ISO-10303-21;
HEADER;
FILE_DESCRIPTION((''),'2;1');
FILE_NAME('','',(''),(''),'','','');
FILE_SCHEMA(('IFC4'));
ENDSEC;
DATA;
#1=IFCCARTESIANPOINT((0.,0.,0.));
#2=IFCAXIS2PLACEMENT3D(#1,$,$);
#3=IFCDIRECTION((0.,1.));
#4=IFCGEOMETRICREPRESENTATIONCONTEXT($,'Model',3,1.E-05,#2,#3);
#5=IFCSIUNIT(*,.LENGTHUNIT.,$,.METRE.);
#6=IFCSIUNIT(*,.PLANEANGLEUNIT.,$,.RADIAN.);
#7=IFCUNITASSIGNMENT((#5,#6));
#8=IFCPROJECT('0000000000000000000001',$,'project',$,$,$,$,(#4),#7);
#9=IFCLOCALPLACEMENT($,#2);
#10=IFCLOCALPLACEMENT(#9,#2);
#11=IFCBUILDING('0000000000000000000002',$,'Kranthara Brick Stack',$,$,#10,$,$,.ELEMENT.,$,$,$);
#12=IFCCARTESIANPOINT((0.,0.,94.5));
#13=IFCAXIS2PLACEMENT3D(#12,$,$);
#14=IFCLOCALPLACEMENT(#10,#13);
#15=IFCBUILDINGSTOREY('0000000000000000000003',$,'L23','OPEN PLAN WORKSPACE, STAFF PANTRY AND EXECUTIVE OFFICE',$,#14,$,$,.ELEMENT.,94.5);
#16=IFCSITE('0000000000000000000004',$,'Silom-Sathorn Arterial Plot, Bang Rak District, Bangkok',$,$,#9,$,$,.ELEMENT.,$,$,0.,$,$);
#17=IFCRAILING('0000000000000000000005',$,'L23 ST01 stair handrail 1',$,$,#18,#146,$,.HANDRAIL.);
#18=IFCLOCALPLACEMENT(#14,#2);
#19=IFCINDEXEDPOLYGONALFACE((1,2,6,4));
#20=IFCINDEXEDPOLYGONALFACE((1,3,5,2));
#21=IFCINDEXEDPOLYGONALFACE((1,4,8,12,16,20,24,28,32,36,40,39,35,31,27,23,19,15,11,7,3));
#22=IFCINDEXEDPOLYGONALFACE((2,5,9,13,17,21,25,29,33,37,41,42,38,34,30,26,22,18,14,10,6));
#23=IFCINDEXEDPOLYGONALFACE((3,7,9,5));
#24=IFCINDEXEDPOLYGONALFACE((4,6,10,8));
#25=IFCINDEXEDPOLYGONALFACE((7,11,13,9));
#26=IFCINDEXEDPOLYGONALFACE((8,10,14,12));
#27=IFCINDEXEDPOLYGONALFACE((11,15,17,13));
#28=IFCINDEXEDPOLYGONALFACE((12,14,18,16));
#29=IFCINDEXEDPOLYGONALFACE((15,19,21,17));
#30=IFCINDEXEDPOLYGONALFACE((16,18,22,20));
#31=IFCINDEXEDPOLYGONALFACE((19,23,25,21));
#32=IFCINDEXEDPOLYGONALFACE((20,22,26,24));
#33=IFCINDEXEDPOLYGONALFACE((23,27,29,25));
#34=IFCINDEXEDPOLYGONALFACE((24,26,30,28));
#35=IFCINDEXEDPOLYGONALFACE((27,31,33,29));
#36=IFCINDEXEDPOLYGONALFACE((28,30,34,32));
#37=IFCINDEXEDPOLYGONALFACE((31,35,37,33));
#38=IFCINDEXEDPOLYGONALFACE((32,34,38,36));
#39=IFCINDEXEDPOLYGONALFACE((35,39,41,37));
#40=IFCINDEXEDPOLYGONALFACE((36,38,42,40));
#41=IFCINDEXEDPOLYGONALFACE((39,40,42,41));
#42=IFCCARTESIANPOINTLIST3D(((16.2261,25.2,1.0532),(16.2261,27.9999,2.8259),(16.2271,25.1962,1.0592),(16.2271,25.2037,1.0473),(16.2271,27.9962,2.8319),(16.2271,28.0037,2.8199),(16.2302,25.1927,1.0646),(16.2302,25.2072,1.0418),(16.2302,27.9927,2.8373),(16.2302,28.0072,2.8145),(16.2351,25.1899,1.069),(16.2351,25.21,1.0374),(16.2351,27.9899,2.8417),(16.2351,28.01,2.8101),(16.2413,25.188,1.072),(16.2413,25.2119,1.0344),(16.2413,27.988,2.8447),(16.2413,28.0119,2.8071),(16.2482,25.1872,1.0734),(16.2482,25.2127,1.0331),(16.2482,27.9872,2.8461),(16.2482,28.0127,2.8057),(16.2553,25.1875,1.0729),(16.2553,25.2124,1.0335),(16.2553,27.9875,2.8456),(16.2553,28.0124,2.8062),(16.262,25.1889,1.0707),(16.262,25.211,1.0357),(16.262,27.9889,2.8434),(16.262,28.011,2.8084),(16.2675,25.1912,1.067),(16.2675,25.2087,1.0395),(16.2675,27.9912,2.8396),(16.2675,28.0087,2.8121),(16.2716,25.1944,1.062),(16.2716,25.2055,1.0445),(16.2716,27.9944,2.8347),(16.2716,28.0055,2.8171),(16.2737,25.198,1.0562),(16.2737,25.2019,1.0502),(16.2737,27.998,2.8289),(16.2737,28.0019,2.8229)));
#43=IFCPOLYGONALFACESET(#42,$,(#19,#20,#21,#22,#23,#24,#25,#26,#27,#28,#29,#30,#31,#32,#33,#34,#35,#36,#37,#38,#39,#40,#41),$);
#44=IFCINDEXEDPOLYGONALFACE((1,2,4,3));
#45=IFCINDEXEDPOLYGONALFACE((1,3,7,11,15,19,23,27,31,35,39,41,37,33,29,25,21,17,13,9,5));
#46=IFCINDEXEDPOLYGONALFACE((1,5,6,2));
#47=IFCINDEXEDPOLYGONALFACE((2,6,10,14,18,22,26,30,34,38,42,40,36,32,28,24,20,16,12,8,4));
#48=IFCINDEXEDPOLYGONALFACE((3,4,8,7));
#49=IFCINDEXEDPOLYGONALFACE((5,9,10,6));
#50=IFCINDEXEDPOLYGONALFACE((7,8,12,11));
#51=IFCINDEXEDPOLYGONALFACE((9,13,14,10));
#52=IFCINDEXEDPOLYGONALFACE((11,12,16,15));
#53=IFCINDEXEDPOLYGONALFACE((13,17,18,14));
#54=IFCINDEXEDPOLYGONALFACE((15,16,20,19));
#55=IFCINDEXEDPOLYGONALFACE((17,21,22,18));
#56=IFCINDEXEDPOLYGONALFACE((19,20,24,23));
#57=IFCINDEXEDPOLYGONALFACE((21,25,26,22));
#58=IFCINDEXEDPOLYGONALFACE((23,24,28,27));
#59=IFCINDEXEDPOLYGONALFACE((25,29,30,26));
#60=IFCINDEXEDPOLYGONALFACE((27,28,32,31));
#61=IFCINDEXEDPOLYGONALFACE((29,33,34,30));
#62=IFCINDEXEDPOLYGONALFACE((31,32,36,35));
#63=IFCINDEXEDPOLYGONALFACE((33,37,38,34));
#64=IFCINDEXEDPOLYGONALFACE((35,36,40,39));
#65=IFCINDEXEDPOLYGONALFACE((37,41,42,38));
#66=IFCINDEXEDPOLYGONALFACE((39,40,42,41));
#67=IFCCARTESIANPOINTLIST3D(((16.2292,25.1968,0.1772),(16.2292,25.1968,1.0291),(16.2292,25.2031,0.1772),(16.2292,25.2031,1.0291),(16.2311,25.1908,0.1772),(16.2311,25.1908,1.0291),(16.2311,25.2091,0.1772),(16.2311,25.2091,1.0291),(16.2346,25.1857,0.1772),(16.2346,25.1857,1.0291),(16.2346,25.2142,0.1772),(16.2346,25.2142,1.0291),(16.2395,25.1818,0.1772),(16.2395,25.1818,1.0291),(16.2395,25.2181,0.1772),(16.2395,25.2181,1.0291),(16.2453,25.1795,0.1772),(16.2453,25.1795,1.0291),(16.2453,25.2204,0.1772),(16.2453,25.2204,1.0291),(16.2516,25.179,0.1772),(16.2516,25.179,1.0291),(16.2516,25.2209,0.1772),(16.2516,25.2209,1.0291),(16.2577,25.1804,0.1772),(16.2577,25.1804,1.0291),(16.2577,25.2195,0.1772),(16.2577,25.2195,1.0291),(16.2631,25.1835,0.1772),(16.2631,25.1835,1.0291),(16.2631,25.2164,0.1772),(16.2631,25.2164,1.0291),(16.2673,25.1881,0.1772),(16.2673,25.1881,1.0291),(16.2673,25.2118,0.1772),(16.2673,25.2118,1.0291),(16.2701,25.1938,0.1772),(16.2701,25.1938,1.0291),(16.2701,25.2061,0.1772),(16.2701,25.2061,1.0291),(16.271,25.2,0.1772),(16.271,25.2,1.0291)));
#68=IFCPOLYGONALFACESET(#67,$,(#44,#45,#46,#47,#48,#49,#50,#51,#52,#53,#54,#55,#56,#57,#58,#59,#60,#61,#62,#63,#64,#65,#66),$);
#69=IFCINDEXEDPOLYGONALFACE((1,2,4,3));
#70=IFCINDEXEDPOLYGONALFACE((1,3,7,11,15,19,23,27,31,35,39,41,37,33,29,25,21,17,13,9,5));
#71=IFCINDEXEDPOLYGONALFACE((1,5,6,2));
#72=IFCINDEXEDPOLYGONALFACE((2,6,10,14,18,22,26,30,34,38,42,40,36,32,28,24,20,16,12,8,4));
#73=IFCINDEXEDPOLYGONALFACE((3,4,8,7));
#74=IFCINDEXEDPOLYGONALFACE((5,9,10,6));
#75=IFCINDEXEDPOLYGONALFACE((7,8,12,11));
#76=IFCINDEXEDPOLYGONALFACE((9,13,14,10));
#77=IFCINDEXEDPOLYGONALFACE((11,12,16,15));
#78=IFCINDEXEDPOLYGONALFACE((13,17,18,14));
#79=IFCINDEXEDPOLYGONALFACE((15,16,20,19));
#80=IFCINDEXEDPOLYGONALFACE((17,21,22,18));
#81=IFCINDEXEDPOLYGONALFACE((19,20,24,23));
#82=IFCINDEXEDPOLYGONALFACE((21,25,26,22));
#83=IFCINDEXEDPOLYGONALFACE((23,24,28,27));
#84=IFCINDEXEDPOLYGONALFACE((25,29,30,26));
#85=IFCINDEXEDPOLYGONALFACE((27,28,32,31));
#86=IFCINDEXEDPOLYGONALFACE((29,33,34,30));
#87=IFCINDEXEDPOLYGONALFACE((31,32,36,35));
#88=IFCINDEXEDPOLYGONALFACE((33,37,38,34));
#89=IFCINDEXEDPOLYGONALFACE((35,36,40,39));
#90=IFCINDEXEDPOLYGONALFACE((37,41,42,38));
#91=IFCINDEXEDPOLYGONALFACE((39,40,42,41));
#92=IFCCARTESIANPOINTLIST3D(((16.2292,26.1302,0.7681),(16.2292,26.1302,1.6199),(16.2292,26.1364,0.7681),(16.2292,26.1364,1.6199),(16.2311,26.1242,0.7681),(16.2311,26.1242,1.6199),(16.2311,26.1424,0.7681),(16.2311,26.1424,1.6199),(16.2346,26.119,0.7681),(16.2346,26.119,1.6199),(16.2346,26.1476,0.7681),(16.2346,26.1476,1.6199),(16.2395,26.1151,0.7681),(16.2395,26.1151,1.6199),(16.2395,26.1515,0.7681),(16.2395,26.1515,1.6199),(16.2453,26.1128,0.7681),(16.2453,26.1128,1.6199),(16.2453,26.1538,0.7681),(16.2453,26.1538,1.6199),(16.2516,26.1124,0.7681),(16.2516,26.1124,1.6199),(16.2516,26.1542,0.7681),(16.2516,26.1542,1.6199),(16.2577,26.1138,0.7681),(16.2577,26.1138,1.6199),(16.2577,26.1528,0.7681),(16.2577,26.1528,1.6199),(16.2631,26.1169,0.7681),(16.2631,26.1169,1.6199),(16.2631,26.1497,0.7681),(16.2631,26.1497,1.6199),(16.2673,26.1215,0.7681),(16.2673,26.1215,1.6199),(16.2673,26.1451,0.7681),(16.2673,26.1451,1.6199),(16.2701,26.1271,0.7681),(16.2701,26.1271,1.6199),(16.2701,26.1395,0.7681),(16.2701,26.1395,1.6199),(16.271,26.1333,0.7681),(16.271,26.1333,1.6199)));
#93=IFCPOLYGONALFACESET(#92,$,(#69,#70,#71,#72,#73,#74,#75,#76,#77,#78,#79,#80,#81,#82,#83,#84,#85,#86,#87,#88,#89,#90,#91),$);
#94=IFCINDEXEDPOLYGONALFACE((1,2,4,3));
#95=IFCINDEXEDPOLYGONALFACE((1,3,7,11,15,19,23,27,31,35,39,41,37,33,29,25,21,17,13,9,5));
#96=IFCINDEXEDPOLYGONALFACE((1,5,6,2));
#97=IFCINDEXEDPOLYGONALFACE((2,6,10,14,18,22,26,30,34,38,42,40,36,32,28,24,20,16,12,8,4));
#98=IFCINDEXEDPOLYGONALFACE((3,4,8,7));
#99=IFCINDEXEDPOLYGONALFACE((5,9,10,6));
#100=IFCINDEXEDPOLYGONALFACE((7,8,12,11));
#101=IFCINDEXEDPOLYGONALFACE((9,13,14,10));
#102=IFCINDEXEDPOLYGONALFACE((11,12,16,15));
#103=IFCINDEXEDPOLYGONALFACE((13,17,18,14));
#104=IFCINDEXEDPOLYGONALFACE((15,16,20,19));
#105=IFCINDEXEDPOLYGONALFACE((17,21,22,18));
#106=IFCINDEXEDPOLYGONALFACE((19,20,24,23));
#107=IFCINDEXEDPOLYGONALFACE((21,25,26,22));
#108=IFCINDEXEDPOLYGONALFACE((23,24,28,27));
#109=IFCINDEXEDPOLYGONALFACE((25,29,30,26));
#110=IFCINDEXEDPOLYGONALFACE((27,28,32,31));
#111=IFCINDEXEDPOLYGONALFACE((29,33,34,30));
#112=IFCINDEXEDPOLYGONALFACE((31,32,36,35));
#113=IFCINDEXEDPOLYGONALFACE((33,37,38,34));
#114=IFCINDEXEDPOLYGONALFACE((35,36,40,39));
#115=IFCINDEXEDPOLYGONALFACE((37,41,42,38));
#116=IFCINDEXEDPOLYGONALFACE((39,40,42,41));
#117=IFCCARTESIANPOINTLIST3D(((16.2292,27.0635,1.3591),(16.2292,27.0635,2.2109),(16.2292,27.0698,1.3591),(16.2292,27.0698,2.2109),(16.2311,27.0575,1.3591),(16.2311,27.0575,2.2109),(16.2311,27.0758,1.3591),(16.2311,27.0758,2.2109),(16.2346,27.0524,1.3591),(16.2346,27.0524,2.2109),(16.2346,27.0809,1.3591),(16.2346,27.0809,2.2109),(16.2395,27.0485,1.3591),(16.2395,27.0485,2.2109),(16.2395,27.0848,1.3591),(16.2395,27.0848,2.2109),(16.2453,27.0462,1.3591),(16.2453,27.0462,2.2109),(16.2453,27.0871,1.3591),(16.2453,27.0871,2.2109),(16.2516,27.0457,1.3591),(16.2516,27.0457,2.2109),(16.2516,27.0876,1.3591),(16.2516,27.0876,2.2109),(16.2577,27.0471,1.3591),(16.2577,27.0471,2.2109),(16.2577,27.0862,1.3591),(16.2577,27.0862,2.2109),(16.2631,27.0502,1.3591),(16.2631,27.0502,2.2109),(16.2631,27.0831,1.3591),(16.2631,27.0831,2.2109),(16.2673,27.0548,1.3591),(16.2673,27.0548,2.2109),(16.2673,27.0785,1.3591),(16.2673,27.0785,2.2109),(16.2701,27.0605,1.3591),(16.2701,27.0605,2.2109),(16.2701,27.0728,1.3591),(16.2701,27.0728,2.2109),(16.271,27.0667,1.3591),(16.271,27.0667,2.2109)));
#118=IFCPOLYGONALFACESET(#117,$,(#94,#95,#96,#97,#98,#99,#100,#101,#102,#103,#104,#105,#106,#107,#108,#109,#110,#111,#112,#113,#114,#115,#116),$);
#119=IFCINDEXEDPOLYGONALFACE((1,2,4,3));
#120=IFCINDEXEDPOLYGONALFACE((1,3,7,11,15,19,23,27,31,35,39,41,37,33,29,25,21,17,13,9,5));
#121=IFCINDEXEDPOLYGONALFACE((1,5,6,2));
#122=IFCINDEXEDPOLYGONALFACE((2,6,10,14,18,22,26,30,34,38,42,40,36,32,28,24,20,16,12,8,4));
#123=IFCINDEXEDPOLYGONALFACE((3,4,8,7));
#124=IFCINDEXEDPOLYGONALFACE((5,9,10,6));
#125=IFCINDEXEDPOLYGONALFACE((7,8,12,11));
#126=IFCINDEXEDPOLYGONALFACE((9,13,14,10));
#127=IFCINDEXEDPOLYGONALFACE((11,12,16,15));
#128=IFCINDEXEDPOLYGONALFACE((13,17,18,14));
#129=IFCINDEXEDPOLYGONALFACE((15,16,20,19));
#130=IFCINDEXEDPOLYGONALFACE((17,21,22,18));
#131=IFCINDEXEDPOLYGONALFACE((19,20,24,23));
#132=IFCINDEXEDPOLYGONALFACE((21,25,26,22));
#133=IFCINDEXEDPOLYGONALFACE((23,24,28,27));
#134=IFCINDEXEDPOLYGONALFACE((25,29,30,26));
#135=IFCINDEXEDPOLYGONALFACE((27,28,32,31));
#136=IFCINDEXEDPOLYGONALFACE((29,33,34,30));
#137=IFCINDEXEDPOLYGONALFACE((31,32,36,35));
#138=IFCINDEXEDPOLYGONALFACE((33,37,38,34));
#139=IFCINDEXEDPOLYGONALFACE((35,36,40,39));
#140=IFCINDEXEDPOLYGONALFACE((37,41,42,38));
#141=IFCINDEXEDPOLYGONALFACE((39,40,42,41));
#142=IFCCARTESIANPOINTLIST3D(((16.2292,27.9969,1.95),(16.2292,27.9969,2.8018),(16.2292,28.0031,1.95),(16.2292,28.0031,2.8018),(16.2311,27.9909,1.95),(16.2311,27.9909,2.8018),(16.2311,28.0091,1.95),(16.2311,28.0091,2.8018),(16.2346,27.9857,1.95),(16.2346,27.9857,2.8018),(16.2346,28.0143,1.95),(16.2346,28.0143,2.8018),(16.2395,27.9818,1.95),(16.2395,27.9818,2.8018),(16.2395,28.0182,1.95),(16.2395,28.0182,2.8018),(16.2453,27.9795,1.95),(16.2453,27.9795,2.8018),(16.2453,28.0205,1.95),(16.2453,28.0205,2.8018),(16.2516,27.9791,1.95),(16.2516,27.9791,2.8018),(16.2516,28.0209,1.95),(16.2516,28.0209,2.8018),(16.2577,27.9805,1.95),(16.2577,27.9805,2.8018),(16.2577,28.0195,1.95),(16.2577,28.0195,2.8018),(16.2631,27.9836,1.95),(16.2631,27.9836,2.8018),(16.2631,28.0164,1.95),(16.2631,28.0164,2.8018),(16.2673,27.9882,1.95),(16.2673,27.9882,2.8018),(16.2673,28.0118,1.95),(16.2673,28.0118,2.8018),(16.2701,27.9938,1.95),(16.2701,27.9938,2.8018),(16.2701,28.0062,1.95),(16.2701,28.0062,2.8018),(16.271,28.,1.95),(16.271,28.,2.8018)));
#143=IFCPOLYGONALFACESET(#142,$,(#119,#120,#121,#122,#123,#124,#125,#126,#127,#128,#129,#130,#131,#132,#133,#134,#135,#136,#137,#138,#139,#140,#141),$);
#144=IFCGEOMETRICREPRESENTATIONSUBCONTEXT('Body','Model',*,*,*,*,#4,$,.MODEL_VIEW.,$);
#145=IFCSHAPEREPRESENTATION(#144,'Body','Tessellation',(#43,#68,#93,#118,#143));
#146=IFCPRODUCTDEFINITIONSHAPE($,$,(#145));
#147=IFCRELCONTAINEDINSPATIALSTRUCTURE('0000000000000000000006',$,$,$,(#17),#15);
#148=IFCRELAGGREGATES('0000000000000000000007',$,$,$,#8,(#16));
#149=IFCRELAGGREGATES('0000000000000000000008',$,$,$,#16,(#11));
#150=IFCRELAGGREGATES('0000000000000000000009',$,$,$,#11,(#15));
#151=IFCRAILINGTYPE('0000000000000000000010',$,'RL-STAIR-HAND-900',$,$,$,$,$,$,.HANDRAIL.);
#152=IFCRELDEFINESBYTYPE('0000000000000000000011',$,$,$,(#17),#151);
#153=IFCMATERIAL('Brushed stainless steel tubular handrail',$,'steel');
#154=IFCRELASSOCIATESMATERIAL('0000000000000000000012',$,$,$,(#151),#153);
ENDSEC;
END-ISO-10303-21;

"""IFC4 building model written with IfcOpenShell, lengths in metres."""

from ifc_helpers import new_model, si_unit, direction, frame, origin, origin_2d, place, context, subcontext, project, spatial, circle, extrude, material, type_object, element, save


model = new_model("IFC4")

# Units and contexts
model_context = context("Model", 3, precision=1e-05, world=origin(), true_north=direction((0.0, 1.0)))
body_context = subcontext(model_context, "Body", "Model", "MODEL_VIEW")
ifc_project = project(units=[si_unit("LENGTHUNIT", "METRE"), si_unit("PLANEANGLEUNIT", "RADIAN")], contexts=[model_context])

# Site, building, storey
site_placement = place(None, origin())
site = spatial("IfcSite", under=ifc_project, at=site_placement, Name="Silom-Sathorn Arterial Plot, Bang Rak District, Bangkok", CompositionType="ELEMENT", RefElevation=0.0)
building_placement = place(site_placement, origin())
building = spatial("IfcBuilding", under=site, at=building_placement, Name="Kranthara Brick Stack", CompositionType="ELEMENT")
storey_placement = place(building_placement, frame((0.0, 0.0, 94.5)))
storey = spatial("IfcBuildingStorey", under=building, at=storey_placement, Name="L23", Description="OPEN PLAN WORKSPACE, STAFF PANTRY AND EXECUTIVE OFFICE", CompositionType="ELEMENT", Elevation=94.5)

# Railing
ifc_material_1 = material(Name="Brushed stainless steel tubular handrail", Category="steel")
railing_type = type_object("IfcRailingType", Name="RL-STAIR-HAND-900", PredefinedType="HANDRAIL", material=ifc_material_1)
railing_placement = place(storey_placement, frame((16.25, 25.2, 0.1772)))
element("IfcRailing", 1, at=railing_placement, inside=storey, type_object=railing_type, Name="L23 ST01 stair handrail 1", PredefinedType="HANDRAIL", context=body_context, shape_type="SweptSolid", body=[
    extrude(circle(Radius=0.0239, at=origin_2d()), frame((0.0, 0.0, 0.876), z_axis=(0.0, 0.844909, 0.53491), x_axis=(-1.0, 0.0, 0.0)), (0.0, 0.0, 1.0), 3.314),
    extrude(circle(Radius=0.021, at=origin_2d()), origin(), (0.0, 0.0, 1.0), 0.8518),
    extrude(circle(Radius=0.021, at=origin_2d()), frame((0.0, 0.9333, 0.5908)), (0.0, 0.0, 1.0), 0.8518),
    extrude(circle(Radius=0.021, at=origin_2d()), frame((0.0, 1.8667, 1.1819)), (0.0, 0.0, 1.0), 0.8518),
    extrude(circle(Radius=0.021, at=origin_2d()), frame((0.0, 2.8, 1.7727)), (0.0, 0.0, 1.0), 0.8518),
])

save(model, "model.ifc")
